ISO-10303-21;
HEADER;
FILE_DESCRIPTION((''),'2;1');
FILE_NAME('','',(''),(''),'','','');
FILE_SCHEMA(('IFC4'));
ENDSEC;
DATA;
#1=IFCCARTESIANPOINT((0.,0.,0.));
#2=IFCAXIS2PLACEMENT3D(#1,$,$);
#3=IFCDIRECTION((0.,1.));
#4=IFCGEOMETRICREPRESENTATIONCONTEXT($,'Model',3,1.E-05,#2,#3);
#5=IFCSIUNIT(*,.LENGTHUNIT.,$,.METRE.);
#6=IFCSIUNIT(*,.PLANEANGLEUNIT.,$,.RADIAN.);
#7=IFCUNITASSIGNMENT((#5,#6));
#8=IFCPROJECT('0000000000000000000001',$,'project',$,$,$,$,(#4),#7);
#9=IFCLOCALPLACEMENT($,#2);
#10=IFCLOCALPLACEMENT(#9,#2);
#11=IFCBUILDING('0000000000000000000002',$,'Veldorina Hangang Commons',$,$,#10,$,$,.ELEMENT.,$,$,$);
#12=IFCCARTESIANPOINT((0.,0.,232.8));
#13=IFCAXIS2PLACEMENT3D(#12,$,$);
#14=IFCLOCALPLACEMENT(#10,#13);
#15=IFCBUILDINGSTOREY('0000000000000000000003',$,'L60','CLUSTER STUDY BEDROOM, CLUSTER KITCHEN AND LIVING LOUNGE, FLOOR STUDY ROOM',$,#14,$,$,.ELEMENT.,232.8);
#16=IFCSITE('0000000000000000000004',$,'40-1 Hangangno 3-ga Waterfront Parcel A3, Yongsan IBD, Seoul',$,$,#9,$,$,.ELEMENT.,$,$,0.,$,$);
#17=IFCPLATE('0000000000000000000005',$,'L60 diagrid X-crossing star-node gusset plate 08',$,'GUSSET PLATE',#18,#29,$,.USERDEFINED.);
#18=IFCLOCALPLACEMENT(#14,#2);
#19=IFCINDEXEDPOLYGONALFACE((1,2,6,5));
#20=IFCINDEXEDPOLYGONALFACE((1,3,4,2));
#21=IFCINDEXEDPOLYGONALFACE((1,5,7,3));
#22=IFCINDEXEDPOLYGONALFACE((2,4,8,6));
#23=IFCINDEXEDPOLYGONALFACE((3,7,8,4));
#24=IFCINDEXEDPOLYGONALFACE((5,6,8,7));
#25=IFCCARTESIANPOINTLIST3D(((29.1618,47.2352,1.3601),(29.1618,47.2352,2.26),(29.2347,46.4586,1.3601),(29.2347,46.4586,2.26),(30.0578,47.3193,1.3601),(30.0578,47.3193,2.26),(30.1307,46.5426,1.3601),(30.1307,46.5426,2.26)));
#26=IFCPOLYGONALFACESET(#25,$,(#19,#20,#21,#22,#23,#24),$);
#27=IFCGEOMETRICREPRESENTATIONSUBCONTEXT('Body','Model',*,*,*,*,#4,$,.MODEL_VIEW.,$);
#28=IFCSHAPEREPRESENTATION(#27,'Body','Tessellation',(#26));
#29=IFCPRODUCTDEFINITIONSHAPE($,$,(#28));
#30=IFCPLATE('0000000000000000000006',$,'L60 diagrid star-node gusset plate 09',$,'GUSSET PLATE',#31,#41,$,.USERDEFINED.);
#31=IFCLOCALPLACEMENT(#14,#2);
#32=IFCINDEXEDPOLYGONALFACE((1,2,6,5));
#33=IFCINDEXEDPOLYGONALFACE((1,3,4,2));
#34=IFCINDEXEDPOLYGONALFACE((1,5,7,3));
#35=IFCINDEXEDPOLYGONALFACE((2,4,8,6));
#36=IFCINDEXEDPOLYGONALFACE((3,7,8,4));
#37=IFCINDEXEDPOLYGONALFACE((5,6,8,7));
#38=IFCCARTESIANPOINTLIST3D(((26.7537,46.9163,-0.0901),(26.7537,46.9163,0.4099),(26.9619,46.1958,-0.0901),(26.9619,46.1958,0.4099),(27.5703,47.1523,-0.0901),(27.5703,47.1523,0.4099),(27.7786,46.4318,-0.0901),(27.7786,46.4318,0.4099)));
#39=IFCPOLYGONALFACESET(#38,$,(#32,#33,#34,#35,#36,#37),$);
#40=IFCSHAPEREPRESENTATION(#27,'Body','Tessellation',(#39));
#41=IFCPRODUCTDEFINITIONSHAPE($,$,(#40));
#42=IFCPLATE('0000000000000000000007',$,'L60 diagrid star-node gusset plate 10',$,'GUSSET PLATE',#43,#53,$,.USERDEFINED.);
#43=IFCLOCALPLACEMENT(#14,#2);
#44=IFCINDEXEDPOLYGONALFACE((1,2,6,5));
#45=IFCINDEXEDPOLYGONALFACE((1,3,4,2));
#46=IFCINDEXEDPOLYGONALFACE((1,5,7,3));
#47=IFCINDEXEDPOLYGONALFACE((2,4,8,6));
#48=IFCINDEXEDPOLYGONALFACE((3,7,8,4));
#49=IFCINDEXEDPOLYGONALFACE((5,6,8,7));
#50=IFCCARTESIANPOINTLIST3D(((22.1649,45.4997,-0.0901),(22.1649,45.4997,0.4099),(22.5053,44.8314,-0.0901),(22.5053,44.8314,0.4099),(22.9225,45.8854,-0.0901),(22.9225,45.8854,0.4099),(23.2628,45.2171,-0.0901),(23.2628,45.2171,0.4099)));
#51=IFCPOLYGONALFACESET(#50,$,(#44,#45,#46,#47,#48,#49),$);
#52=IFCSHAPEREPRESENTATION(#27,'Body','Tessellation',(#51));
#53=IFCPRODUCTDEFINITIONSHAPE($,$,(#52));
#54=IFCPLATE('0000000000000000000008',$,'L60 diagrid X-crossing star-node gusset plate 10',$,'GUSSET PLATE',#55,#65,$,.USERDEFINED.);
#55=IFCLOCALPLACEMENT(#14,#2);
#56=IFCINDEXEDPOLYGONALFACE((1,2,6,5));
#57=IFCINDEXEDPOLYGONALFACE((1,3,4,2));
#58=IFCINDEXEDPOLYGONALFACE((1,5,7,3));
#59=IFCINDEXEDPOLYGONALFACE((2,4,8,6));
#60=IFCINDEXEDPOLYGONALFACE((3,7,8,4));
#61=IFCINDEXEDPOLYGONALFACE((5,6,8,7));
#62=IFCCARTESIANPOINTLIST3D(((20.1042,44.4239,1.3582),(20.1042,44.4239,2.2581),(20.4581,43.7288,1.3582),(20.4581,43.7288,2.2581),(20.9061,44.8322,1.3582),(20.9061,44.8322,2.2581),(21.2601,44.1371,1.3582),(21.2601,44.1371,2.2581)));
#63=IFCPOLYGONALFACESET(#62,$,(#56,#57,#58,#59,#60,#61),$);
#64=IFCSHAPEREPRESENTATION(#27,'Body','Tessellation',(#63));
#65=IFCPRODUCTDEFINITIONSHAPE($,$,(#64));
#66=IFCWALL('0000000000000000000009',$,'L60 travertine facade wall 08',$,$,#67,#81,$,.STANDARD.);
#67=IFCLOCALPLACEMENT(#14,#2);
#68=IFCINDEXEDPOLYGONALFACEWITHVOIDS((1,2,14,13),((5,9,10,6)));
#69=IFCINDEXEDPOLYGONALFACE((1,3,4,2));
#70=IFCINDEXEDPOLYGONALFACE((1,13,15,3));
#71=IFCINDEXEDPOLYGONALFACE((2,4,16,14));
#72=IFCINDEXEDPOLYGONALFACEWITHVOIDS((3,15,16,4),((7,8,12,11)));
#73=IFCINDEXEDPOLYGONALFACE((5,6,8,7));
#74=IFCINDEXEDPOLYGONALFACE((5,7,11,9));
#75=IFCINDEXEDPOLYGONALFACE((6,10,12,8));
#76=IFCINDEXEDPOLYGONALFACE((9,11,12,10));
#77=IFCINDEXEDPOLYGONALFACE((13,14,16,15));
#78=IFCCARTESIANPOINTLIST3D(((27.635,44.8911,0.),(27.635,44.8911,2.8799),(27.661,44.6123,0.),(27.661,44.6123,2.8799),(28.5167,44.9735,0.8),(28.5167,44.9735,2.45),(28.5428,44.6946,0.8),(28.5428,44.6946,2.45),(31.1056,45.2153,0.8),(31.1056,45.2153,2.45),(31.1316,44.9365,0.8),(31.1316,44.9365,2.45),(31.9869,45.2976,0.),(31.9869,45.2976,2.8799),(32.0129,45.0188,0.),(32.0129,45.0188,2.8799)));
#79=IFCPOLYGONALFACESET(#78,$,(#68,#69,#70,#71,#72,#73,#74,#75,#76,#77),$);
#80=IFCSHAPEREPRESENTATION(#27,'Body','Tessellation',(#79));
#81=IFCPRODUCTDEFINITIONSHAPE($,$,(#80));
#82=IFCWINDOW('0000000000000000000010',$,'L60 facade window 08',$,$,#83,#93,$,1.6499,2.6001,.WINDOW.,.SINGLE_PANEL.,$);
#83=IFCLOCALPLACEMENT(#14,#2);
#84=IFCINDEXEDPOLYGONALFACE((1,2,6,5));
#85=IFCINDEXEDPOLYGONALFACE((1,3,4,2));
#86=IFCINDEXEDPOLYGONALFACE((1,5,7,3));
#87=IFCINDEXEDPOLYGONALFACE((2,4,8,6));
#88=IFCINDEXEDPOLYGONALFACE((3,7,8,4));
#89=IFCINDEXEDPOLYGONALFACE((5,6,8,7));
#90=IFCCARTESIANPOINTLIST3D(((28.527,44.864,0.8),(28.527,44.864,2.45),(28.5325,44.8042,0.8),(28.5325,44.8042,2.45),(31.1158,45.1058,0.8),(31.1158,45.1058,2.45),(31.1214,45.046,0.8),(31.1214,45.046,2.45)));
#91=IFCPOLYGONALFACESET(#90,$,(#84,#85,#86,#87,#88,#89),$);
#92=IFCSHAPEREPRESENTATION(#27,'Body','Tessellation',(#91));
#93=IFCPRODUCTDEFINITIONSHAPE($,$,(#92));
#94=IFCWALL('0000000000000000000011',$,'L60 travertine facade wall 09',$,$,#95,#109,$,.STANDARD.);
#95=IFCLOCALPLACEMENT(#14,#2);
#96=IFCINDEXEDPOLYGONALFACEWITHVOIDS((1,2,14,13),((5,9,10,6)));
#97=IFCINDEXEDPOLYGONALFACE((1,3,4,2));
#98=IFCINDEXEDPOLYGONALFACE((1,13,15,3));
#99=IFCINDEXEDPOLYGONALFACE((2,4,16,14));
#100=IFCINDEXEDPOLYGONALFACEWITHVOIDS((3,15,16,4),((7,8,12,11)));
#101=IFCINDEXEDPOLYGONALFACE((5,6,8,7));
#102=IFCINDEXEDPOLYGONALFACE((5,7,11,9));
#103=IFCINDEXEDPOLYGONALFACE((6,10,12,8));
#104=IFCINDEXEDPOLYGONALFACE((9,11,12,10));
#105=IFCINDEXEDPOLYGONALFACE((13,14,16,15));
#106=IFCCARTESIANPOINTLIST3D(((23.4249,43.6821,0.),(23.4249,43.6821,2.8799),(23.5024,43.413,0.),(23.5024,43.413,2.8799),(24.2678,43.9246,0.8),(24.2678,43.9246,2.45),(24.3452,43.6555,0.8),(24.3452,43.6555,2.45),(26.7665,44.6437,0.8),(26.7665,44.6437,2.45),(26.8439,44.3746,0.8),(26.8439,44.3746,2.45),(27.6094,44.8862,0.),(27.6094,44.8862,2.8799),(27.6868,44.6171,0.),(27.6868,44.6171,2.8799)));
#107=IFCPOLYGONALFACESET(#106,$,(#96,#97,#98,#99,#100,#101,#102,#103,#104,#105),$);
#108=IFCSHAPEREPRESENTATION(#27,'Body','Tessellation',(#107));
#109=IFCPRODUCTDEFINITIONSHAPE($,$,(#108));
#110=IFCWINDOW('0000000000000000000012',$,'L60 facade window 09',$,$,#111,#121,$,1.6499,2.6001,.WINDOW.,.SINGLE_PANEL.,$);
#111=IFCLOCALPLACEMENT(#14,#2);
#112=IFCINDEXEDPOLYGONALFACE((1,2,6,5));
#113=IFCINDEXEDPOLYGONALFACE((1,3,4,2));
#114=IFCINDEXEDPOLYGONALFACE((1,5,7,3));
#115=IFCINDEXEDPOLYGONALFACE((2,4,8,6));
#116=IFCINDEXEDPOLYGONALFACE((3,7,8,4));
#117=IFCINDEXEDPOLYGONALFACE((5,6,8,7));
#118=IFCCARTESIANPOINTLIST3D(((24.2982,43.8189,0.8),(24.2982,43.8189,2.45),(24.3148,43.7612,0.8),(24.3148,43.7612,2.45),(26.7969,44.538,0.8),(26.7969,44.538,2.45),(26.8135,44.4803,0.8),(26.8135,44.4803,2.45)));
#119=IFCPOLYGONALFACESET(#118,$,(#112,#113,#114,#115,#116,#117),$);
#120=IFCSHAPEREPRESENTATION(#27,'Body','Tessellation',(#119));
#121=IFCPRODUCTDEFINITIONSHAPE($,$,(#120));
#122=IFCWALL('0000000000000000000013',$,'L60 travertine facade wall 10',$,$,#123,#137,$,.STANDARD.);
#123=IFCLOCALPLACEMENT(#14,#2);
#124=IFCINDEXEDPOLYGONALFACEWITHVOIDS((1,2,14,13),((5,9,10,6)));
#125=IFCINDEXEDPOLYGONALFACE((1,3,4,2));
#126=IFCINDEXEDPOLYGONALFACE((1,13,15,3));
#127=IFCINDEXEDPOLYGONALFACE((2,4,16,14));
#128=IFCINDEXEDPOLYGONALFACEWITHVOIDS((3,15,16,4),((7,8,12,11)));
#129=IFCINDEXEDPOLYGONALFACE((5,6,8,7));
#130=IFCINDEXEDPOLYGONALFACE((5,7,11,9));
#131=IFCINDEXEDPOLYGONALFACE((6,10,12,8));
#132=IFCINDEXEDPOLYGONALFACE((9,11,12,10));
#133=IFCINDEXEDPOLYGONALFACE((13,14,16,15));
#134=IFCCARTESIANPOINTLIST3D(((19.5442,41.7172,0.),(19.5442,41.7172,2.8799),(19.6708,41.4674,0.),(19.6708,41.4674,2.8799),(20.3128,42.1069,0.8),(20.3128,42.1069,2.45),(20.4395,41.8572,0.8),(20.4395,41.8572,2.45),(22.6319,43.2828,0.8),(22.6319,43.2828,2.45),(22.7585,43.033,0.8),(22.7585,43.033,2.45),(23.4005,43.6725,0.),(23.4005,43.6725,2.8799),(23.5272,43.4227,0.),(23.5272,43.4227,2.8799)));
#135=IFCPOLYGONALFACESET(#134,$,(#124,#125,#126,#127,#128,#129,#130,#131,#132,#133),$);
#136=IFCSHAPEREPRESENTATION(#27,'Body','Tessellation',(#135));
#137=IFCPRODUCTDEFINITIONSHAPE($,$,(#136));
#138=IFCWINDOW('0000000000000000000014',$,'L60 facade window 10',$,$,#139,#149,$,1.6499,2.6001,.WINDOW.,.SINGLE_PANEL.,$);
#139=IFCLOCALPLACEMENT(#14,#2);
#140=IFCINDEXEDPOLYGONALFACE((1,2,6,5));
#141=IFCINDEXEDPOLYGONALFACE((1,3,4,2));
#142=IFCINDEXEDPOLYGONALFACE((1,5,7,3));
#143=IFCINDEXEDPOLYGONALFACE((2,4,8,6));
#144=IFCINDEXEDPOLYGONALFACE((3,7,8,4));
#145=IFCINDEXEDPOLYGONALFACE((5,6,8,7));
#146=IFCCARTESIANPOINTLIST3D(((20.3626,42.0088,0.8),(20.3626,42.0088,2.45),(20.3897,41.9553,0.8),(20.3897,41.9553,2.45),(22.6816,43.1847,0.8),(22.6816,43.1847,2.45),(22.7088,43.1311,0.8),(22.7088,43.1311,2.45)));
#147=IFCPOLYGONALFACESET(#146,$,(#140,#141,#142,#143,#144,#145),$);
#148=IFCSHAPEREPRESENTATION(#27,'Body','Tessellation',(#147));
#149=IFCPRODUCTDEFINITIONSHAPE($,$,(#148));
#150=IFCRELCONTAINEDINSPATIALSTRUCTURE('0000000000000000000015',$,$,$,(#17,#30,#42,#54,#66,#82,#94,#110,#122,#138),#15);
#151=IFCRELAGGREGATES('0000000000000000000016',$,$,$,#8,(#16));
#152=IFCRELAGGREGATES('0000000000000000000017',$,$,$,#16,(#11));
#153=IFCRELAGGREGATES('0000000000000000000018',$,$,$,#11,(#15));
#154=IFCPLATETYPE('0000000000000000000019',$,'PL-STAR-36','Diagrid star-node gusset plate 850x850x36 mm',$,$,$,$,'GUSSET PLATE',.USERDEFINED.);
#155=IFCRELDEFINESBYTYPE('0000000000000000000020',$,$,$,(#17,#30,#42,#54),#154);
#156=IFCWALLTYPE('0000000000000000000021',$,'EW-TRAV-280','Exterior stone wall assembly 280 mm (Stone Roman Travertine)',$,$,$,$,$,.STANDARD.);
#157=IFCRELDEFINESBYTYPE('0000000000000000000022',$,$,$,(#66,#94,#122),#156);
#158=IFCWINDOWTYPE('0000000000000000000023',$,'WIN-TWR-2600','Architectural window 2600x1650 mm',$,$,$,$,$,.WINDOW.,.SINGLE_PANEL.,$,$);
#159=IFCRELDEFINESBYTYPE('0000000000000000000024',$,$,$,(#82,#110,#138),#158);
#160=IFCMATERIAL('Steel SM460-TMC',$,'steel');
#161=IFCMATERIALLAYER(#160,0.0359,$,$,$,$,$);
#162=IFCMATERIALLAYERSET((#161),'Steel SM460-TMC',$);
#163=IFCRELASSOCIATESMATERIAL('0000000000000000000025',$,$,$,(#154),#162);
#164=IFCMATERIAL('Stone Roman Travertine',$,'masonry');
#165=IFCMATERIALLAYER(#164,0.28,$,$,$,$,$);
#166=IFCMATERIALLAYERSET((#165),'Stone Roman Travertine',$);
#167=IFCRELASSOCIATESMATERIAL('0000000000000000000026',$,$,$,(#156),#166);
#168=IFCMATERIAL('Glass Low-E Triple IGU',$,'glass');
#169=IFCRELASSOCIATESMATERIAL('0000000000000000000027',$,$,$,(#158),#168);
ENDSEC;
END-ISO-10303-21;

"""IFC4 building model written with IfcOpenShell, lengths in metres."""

from ifc_helpers import new_model, si_unit, direction, frame, frame_2d, origin, origin_2d, place, context, subcontext, project, spatial, rectangle, extrude, material, layer, layer_set, type_object, element, fill, save


model = new_model("IFC4")

# Units and contexts
model_context = context("Model", 3, precision=1e-05, world=origin(), true_north=direction((0.0, 1.0)))
body_context = subcontext(model_context, "Body", "Model", "MODEL_VIEW")
ifc_project = project(units=[si_unit("LENGTHUNIT", "METRE"), si_unit("PLANEANGLEUNIT", "RADIAN")], contexts=[model_context])

# Site, building, storey
site_placement = place(None, origin())
site = spatial("IfcSite", under=ifc_project, at=site_placement, Name="40-1 Hangangno 3-ga Waterfront Parcel A3, Yongsan IBD, Seoul", CompositionType="ELEMENT", RefElevation=0.0)
building_placement = place(site_placement, origin())
building = spatial("IfcBuilding", under=site, at=building_placement, Name="Veldorina Hangang Commons", CompositionType="ELEMENT")
storey_placement = place(building_placement, frame((0.0, 0.0, 232.8)))
storey = spatial("IfcBuildingStorey", under=building, at=storey_placement, Name="L60", Description="CLUSTER STUDY BEDROOM, CLUSTER KITCHEN AND LIVING LOUNGE, FLOOR STUDY ROOM", CompositionType="ELEMENT", Elevation=232.8)

# Plates
ifc_material_1 = material(Name="Steel SM460-TMC", Category="steel")
ifc_layer_1 = layer(ifc_material_1, 0.0359)
ifc_layer_set_1 = layer_set([ifc_layer_1], Name="Steel SM460-TMC")
plate_type = type_object("IfcPlateType", Name="PL-STAR-36", Description="Diagrid star-node gusset plate 850x850x36 mm", ElementType="GUSSET PLATE", PredefinedType="USERDEFINED", material=ifc_layer_set_1)
plate_1_placement = place(storey_placement, frame((29.6462, 46.8889, 1.3601), z_axis=(0.0, 0.0, 1.0), x_axis=(-0.995627, -0.093413, 0.0)))
element("IfcPlate", 1, at=plate_1_placement, inside=storey, type_object=plate_type, Name="L60 diagrid X-crossing star-node gusset plate 08", ObjectType="GUSSET PLATE", PredefinedType="USERDEFINED", context=body_context, shape_type="SweptSolid", body=[
    extrude(rectangle(XDim=0.8999, YDim=0.78, at=origin_2d()), origin(), (0.0, 0.0, 1.0), 0.8999),
])
for number, where, z_axis, x_axis, name in (
    (2, (27.2661, 46.6741, -0.0901), (0.0, 0.0, 1.0), (-0.960687, -0.277633, 0.0), "L60 diagrid star-node gusset plate 09"),
    (3, (22.7139, 45.3584, -0.0901), (0.0, 0.0, 1.0), (-0.891117, -0.453773, 0.0), "L60 diagrid star-node gusset plate 10"),
):
    element("IfcPlate", number, at=place(storey_placement, frame(where, z_axis=z_axis, x_axis=x_axis)), inside=storey, type_object=plate_type, Name=name, ObjectType="GUSSET PLATE", PredefinedType="USERDEFINED", context=body_context, shape_type="SweptSolid", body=[
        extrude(rectangle(XDim=0.8501, YDim=0.75, at=origin_2d()), origin(), (0.0, 0.0, 1.0), 0.5),
    ])
plate_2_placement = place(storey_placement, frame((20.6821, 44.2805, 1.3582), z_axis=(0.0, 0.0, 1.0), x_axis=(-0.891117, -0.453773, 0.0)))
element("IfcPlate", 4, at=plate_2_placement, inside=storey, type_object=plate_type, Name="L60 diagrid X-crossing star-node gusset plate 10", ObjectType="GUSSET PLATE", PredefinedType="USERDEFINED", context=body_context, shape_type="SweptSolid", body=[
    extrude(rectangle(XDim=0.8999, YDim=0.78, at=origin_2d()), origin(), (0.0, 0.0, 1.0), 0.8999),
])

# Walls, openings, windows
ifc_material_2 = material(Name="Stone Roman Travertine", Category="masonry")
ifc_layer_2 = layer(ifc_material_2, 0.28)
ifc_layer_set_2 = layer_set([ifc_layer_2], Name="Stone Roman Travertine")
wall_type_1 = type_object("IfcWallType", Name="EW-TRAV-280", Description="Exterior stone wall assembly 280 mm (Stone Roman Travertine)", PredefinedType="STANDARD", material=ifc_layer_set_2)
wall_1_placement = place(storey_placement, frame((32.0, 45.1582, 0.0), z_axis=(0.0, 0.0, 1.0), x_axis=(-0.995666, -0.093003, 0.0)))
wall_1 = element("IfcWall", 5, at=wall_1_placement, inside=storey, type_object=wall_type_1, Name="L60 travertine facade wall 08", PredefinedType="STANDARD", context=body_context, shape_type="SweptSolid", body=[
    extrude(rectangle(XDim=4.3708, YDim=0.28, at=frame_2d((2.1855, 0.0))), origin(), (0.0, 0.0, 1.0), 2.8799),
])
opening_1_placement = place(wall_1_placement, frame((0.8853, 0.0, 0.8)))
opening_1 = element("IfcOpeningElement", 6, at=opening_1_placement, cuts=wall_1, PredefinedType="OPENING", context=body_context, shape_type="SweptSolid", body=[
    extrude(rectangle(XDim=2.6001, YDim=1.6499, at=frame_2d((1.3, 0.825))), frame((0.0, 0.1499, 0.0), z_axis=(0.0, -1.0, 0.0), x_axis=(1.0, 0.0, 0.0)), (0.0, 0.0, 1.0), 0.3),
])
ifc_material_3 = material(Name="Glass Low-E Triple IGU", Category="glass")
window_type = type_object("IfcWindowType", Name="WIN-TWR-2600", Description="Architectural window 2600x1650 mm", PartitioningType="SINGLE_PANEL", PredefinedType="WINDOW", material=ifc_material_3)
window_1_placement = place(opening_1_placement, origin())
window_1 = element("IfcWindow", 7, at=window_1_placement, inside=storey, type_object=window_type, Name="L60 facade window 08", OverallHeight=1.6499, OverallWidth=2.6001, PartitioningType="SINGLE_PANEL", PredefinedType="WINDOW", context=body_context, shape_type="SweptSolid", body=[
    extrude(rectangle(XDim=2.6001, YDim=1.6499, at=frame_2d((1.3, 0.825))), frame((0.0, 0.03, 0.0), z_axis=(0.0, -1.0, 0.0), x_axis=(1.0, 0.0, 0.0)), (0.0, 0.0, 1.0), 0.0601),
])
fill(opening_1, window_1)
wall_2_placement = place(storey_placement, frame((27.6482, 44.7517, 0.0), z_axis=(0.0, 0.0, 1.0), x_axis=(-0.961002, -0.276542, 0.0)))
wall_2 = element("IfcWall", 8, at=wall_2_placement, inside=storey, type_object=wall_type_1, Name="L60 travertine facade wall 09", PredefinedType="STANDARD", context=body_context, shape_type="SweptSolid", body=[
    extrude(rectangle(XDim=4.3542, YDim=0.28, at=frame_2d((2.1772, 0.0))), origin(), (0.0, 0.0, 1.0), 2.8799),
])
opening_2_placement = place(wall_2_placement, frame((0.8772, 0.0, 0.8)))
opening_2 = element("IfcOpeningElement", 9, at=opening_2_placement, cuts=wall_2, PredefinedType="OPENING", context=body_context, shape_type="SweptSolid", body=[
    extrude(rectangle(XDim=2.6001, YDim=1.6499, at=frame_2d((1.3, 0.825))), frame((0.0, 0.1499, 0.0), z_axis=(0.0, -1.0, 0.0), x_axis=(1.0, 0.0, 0.0)), (0.0, 0.0, 1.0), 0.3),
])
window_2_placement = place(opening_2_placement, origin())
window_2 = element("IfcWindow", 10, at=window_2_placement, inside=storey, type_object=window_type, Name="L60 facade window 09", OverallHeight=1.6499, OverallWidth=2.6001, PartitioningType="SINGLE_PANEL", PredefinedType="WINDOW", context=body_context, shape_type="SweptSolid", body=[
    extrude(rectangle(XDim=2.6001, YDim=1.6499, at=frame_2d((1.3, 0.825))), frame((0.0, 0.03, 0.0), z_axis=(0.0, -1.0, 0.0), x_axis=(1.0, 0.0, 0.0)), (0.0, 0.0, 1.0), 0.0601),
])
fill(opening_2, window_2)
wall_3_placement = place(storey_placement, frame((23.4639, 43.5476, 0.0), z_axis=(0.0, 0.0, 1.0), x_axis=(-0.891906, -0.452221, 0.0)))
wall_3 = element("IfcWall", 11, at=wall_3_placement, inside=storey, type_object=wall_type_1, Name="L60 travertine facade wall 10", PredefinedType="STANDARD", context=body_context, shape_type="SweptSolid", body=[
    extrude(rectangle(XDim=4.3237, YDim=0.28, at=frame_2d((2.1619, 0.0))), origin(), (0.0, 0.0, 1.0), 2.8799),
])
opening_3_placement = place(wall_3_placement, frame((0.8618, 0.0, 0.8)))
opening_3 = element("IfcOpeningElement", 12, at=opening_3_placement, cuts=wall_3, PredefinedType="OPENING", context=body_context, shape_type="SweptSolid", body=[
    extrude(rectangle(XDim=2.6001, YDim=1.6499, at=frame_2d((1.3, 0.825))), frame((0.0, 0.1499, 0.0), z_axis=(0.0, -1.0, 0.0), x_axis=(1.0, 0.0, 0.0)), (0.0, 0.0, 1.0), 0.3),
])
window_3_placement = place(opening_3_placement, origin())
window_3 = element("IfcWindow", 13, at=window_3_placement, inside=storey, type_object=window_type, Name="L60 facade window 10", OverallHeight=1.6499, OverallWidth=2.6001, PartitioningType="SINGLE_PANEL", PredefinedType="WINDOW", context=body_context, shape_type="SweptSolid", body=[
    extrude(rectangle(XDim=2.6001, YDim=1.6499, at=frame_2d((1.3, 0.825))), frame((0.0, 0.03, 0.0), z_axis=(0.0, -1.0, 0.0), x_axis=(1.0, 0.0, 0.0)), (0.0, 0.0, 1.0), 0.0601),
])
fill(opening_3, window_3)

save(model, "model.ifc")
